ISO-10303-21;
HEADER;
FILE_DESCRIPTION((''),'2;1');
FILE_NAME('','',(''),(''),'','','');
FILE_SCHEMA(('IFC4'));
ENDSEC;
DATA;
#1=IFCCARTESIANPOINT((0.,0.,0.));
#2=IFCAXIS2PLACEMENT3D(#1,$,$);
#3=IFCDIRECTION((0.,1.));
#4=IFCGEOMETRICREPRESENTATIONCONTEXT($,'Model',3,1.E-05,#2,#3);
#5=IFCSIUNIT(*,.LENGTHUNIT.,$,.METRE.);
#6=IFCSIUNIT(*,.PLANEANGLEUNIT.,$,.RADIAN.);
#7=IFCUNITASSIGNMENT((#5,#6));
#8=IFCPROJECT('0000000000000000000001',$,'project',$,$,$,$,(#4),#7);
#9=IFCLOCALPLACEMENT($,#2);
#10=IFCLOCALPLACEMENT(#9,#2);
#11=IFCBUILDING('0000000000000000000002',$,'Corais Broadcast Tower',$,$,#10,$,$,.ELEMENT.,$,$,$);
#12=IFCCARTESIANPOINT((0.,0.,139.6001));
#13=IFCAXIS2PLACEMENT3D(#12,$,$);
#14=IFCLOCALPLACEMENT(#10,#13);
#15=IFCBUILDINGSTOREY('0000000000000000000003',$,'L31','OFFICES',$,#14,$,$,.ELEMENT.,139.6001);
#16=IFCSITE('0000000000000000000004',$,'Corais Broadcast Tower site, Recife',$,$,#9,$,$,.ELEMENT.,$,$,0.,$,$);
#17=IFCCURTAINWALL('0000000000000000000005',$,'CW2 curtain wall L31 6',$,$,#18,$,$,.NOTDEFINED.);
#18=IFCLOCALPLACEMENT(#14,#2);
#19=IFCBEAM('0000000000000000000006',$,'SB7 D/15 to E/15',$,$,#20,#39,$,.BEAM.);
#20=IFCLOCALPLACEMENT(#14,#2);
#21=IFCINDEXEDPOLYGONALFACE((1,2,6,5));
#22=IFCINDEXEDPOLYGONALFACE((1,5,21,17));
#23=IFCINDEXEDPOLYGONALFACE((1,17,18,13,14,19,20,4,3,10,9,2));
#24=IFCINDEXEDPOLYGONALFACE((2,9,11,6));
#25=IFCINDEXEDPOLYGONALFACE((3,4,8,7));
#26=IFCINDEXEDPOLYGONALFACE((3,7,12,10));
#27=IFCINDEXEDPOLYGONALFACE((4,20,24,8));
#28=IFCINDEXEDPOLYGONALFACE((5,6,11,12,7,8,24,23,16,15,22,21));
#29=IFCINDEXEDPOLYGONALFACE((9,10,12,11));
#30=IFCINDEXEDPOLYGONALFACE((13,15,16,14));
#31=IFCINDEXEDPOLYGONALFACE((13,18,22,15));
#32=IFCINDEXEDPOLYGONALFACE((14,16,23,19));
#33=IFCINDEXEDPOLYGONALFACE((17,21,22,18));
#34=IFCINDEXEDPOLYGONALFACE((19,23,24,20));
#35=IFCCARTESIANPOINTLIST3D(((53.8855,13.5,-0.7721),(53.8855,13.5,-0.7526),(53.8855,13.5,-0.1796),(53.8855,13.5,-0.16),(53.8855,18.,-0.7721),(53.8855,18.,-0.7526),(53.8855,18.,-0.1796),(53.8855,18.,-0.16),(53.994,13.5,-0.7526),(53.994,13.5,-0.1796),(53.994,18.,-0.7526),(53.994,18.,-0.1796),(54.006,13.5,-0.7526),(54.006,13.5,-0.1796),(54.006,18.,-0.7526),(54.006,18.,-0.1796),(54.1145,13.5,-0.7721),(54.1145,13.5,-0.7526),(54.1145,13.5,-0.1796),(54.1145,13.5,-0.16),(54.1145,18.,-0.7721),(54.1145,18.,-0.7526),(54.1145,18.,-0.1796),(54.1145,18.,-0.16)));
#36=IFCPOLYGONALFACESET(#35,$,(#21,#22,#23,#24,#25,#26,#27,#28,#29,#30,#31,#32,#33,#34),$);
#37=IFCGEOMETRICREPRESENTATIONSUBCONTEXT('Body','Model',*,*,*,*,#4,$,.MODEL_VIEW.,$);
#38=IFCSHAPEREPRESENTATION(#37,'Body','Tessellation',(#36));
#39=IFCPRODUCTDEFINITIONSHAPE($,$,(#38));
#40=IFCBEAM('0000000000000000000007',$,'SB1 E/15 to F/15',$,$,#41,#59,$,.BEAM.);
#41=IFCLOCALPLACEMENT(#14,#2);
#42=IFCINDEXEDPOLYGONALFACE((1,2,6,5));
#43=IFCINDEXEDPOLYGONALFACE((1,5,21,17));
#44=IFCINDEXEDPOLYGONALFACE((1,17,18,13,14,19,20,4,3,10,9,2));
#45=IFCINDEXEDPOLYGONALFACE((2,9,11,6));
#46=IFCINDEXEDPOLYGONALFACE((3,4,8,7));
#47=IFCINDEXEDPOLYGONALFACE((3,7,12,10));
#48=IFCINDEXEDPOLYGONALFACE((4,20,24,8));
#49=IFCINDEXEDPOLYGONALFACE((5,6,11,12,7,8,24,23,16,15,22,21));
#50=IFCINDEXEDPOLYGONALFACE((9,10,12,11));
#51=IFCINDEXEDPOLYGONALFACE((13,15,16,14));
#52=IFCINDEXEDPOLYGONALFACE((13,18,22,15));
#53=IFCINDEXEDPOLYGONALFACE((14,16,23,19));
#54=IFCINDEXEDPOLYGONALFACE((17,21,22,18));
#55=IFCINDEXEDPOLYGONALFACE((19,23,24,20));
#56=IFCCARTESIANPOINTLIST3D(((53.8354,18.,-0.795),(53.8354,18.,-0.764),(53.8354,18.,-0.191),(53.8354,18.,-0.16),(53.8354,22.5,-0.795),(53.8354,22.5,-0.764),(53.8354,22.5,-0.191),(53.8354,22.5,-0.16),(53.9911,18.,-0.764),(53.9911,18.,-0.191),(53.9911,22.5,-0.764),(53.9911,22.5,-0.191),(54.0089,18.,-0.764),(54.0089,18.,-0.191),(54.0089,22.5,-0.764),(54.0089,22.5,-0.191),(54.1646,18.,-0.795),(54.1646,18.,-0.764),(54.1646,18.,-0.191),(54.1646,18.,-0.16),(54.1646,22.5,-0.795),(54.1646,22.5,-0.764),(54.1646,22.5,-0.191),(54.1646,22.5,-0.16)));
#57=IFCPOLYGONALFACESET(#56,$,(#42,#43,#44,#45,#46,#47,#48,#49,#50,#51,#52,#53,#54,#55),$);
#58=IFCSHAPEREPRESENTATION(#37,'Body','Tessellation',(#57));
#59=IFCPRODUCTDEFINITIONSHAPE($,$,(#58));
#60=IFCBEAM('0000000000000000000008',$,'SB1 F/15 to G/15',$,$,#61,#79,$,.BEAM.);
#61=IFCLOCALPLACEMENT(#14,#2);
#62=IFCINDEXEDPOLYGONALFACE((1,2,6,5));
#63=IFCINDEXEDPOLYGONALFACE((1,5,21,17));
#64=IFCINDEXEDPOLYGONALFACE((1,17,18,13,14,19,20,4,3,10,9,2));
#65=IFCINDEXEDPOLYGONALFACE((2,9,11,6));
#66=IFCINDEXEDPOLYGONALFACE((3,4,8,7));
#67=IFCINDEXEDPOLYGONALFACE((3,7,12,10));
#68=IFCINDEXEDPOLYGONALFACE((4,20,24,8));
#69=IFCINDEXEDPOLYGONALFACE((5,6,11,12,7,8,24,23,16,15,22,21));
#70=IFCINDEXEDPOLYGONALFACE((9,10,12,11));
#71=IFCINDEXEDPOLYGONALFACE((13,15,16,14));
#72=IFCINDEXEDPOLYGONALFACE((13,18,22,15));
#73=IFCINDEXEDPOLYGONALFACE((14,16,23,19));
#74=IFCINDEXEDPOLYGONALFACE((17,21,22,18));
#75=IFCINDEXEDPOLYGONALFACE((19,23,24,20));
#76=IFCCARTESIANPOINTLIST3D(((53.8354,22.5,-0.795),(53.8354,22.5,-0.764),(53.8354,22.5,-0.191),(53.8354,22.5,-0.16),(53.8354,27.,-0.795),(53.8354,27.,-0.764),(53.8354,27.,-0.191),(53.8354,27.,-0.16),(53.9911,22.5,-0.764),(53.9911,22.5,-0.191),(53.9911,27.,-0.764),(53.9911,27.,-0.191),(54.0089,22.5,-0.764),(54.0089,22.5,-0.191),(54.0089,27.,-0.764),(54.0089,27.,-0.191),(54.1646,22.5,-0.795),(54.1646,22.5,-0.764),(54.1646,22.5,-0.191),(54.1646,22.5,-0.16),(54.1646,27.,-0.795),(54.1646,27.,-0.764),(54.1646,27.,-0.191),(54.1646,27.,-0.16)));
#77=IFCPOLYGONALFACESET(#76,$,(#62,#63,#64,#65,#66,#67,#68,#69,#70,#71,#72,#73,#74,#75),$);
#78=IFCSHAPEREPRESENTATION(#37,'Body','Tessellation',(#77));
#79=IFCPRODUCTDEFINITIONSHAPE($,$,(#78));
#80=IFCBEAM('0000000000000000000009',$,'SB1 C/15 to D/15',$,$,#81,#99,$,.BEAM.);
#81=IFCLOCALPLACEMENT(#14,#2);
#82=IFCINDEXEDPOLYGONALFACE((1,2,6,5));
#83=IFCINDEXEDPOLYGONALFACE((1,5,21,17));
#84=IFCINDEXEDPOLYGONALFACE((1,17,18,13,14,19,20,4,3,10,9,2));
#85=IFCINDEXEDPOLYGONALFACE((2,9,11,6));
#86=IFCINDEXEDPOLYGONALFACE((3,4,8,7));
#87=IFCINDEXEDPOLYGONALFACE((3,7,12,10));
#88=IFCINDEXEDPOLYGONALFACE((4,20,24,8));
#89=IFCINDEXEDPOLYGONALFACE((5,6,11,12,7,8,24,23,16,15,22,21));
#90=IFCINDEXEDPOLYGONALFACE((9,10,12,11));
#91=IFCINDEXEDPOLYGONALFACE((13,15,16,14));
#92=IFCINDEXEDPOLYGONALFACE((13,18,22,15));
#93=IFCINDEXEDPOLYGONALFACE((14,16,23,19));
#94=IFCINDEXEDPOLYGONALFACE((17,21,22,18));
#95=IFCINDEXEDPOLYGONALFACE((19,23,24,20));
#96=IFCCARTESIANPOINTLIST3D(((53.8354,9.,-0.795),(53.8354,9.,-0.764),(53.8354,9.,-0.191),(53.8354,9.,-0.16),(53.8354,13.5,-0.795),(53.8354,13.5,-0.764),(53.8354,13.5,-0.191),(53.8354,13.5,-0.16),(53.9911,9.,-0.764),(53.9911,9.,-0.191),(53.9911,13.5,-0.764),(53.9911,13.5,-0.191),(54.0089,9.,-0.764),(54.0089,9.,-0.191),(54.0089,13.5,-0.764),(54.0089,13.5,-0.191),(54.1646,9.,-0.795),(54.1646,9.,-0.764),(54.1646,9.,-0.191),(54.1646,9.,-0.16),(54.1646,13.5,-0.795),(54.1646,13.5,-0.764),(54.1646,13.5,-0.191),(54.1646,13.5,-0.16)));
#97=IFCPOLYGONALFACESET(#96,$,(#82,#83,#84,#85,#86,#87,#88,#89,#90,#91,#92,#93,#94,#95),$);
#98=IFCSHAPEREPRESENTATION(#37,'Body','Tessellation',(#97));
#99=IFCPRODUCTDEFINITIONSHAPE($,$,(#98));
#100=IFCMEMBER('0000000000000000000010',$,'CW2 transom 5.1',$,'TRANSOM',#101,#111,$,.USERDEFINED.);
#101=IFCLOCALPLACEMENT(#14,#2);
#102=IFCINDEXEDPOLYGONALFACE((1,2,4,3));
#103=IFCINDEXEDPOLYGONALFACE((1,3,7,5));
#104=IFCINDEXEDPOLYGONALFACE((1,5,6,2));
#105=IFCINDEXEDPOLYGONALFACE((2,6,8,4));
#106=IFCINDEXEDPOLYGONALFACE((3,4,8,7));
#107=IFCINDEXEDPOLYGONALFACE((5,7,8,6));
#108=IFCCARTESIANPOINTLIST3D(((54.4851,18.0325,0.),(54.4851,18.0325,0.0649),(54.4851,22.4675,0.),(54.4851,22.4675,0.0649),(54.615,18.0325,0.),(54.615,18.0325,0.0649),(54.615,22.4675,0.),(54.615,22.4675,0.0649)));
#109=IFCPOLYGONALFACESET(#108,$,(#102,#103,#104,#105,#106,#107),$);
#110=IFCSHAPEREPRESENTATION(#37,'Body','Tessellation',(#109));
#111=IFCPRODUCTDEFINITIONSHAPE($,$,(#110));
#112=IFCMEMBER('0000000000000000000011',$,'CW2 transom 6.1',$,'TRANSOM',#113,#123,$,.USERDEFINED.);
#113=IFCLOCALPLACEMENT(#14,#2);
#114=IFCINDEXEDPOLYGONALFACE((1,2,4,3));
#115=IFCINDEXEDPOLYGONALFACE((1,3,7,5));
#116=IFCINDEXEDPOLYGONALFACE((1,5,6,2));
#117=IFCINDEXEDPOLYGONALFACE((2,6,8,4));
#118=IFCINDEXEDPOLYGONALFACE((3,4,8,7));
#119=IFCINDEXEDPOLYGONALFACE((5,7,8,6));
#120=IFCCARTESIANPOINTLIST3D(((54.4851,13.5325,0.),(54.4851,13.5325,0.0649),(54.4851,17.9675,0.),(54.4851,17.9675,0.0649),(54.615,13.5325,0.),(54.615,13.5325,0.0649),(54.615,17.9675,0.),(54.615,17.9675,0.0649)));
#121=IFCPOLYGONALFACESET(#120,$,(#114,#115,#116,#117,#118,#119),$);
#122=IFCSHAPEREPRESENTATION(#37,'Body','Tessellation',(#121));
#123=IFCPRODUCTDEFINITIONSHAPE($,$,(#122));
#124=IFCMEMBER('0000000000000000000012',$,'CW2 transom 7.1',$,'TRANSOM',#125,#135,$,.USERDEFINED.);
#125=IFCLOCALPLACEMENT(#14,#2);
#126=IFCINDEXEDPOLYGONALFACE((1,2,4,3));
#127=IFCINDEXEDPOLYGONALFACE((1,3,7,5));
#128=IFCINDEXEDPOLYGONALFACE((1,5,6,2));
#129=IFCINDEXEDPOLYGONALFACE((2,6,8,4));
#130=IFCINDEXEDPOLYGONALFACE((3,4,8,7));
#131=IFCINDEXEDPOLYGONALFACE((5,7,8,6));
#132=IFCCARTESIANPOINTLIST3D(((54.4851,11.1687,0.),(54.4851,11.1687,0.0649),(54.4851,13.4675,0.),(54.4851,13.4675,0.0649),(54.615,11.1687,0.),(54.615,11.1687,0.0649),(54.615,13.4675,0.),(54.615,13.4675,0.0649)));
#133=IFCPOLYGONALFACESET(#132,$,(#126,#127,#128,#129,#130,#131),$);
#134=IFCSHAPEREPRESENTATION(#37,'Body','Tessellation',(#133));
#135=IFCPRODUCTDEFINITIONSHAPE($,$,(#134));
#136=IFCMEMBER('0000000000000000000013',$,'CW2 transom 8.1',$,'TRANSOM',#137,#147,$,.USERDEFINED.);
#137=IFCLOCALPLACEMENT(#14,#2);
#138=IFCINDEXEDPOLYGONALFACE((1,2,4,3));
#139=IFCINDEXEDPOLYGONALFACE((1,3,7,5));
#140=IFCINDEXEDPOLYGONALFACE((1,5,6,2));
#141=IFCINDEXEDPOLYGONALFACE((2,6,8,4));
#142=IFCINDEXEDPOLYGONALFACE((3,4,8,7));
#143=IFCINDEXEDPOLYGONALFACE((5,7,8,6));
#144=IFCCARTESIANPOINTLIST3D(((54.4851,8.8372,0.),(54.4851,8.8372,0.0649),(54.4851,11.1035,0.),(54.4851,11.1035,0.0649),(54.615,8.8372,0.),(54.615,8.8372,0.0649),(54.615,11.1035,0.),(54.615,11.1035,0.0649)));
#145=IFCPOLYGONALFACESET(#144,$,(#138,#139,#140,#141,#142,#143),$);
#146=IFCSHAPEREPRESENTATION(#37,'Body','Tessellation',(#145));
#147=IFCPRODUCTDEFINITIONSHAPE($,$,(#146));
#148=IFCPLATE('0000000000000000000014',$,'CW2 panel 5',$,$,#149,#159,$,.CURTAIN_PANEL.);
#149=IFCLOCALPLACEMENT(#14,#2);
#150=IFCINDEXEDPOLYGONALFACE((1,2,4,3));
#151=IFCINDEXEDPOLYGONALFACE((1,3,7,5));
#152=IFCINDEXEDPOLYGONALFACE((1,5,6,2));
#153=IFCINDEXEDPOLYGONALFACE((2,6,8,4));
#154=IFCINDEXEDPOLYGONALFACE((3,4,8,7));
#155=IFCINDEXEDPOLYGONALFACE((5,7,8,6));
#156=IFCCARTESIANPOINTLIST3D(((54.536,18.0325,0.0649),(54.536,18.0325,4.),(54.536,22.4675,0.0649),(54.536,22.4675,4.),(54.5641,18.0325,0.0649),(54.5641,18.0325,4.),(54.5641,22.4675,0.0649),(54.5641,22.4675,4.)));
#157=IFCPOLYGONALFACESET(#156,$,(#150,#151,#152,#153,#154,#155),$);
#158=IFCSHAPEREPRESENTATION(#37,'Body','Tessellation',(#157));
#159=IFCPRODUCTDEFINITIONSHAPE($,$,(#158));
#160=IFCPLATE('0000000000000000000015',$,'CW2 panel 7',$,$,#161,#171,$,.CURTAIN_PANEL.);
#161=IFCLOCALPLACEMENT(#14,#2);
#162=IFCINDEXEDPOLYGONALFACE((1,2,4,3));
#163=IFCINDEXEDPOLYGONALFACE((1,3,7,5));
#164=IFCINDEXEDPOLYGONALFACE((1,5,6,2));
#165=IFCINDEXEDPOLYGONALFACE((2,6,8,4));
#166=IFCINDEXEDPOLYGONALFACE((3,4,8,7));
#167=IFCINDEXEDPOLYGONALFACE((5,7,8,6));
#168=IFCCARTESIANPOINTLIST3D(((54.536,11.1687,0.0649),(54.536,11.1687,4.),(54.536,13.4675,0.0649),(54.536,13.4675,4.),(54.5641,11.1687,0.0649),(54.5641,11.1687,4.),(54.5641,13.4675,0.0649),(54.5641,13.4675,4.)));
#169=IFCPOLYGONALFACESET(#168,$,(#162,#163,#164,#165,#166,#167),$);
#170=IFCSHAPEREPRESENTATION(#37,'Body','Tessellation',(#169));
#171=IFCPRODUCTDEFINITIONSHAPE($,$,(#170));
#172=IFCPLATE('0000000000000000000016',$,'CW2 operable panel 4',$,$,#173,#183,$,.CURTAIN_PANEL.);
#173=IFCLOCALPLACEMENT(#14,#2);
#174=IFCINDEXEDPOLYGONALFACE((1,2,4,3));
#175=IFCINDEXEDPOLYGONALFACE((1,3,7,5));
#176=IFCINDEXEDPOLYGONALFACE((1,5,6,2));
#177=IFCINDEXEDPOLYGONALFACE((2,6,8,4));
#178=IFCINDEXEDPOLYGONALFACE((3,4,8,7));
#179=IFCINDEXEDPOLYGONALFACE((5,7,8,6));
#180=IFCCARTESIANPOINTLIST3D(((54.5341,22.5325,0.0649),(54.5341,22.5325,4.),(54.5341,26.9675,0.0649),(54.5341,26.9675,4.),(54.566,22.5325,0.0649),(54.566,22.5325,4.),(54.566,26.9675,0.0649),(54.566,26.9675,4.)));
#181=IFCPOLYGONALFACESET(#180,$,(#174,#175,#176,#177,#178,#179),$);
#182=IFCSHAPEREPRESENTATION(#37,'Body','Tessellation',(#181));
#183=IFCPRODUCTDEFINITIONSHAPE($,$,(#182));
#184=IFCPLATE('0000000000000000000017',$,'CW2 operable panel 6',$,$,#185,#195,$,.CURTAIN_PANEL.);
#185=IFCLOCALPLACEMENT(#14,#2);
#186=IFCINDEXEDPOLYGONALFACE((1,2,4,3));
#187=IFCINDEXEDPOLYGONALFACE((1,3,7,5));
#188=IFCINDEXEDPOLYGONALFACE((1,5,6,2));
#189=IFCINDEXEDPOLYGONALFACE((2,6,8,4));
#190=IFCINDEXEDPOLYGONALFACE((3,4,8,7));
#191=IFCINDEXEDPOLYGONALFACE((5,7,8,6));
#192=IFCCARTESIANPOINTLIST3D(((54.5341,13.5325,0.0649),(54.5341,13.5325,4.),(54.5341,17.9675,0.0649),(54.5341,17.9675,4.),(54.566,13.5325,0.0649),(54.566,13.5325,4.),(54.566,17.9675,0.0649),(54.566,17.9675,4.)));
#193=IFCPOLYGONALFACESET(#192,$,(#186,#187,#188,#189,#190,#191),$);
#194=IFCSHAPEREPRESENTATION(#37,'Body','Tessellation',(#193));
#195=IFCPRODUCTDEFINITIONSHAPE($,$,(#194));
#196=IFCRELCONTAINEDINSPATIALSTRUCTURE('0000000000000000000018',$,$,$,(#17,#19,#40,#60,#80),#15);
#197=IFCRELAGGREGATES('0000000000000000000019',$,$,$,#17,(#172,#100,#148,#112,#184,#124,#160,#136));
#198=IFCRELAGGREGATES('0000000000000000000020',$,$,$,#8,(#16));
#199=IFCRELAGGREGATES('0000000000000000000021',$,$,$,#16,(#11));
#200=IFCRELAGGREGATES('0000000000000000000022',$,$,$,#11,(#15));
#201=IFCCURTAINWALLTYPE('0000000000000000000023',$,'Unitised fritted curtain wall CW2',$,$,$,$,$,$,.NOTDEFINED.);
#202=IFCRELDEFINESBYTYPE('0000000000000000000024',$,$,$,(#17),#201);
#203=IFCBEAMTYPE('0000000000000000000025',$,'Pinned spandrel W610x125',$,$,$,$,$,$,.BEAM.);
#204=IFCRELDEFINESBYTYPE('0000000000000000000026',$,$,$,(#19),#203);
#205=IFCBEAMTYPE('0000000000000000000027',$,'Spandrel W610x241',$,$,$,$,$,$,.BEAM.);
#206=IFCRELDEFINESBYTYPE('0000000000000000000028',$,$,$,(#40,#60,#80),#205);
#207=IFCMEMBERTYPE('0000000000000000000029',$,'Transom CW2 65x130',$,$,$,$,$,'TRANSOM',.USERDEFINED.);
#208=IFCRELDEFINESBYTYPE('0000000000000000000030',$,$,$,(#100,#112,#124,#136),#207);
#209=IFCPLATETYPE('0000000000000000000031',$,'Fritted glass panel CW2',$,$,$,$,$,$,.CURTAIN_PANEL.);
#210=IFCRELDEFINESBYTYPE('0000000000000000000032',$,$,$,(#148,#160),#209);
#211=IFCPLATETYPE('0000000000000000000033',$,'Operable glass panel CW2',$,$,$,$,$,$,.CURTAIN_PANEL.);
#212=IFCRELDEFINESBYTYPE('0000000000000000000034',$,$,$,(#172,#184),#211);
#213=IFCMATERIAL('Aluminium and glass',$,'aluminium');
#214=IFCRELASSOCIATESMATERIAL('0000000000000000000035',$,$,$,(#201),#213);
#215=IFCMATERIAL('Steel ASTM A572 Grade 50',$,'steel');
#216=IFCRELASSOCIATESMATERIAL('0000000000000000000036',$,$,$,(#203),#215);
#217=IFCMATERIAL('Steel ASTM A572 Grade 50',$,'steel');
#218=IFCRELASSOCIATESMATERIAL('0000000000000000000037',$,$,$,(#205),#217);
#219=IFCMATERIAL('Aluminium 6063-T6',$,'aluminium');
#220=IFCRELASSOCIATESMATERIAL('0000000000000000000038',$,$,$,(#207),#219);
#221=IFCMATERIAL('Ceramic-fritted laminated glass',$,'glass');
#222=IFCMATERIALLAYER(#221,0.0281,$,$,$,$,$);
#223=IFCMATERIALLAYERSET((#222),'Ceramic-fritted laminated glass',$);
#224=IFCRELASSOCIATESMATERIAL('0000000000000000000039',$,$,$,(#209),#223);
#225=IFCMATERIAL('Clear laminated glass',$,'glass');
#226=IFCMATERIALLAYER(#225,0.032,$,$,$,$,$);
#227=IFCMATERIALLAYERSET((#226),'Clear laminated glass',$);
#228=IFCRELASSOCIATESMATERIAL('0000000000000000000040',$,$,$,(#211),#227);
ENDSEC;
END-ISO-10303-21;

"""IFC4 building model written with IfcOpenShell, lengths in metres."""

from ifc_helpers import new_model, si_unit, direction, frame, origin, origin_2d, place, context, subcontext, project, spatial, rectangle, i_section, extrude, material, layer, layer_set, material_profile, profile_set, type_object, element, aggregate, save


model = new_model("IFC4")

# Units and contexts
model_context = context("Model", 3, precision=1e-05, world=origin(), true_north=direction((0.0, 1.0)))
body_context = subcontext(model_context, "Body", "Model", "MODEL_VIEW")
ifc_project = project(units=[si_unit("LENGTHUNIT", "METRE"), si_unit("PLANEANGLEUNIT", "RADIAN")], contexts=[model_context])

# Site, building, storey
site_placement = place(None, origin())
site = spatial("IfcSite", under=ifc_project, at=site_placement, Name="Corais Broadcast Tower site, Recife", CompositionType="ELEMENT", RefElevation=0.0)
building_placement = place(site_placement, origin())
building = spatial("IfcBuilding", under=site, at=building_placement, Name="Corais Broadcast Tower", CompositionType="ELEMENT")
storey_placement = place(building_placement, frame((0.0, 0.0, 139.6001)))
storey = spatial("IfcBuildingStorey", under=building, at=storey_placement, Name="L31", Description="OFFICES", CompositionType="ELEMENT", Elevation=139.6001)

# Curtain wall
ifc_material_1 = material(Name="Aluminium and glass", Category="aluminium")
curtain_wall_type = type_object("IfcCurtainWallType", Name="Unitised fritted curtain wall CW2", PredefinedType="NOTDEFINED", material=ifc_material_1)
curtain_wall_placement = place(storey_placement, origin())
curtain_wall = element("IfcCurtainWall", 1, at=curtain_wall_placement, inside=storey, type_object=curtain_wall_type, Name="CW2 curtain wall L31 6", PredefinedType="NOTDEFINED")

# Beams
ifc_material_2 = material(Name="Steel ASTM A572 Grade 50", Category="steel")
ifc_material_profile_1 = material_profile(ifc_material_2, i_section(OverallWidth=0.229, OverallDepth=0.6121, WebThickness=0.012, FlangeThickness=0.0195, at=origin_2d()), Name="W610x125")
ifc_profile_set_1 = profile_set([ifc_material_profile_1], Name="Steel ASTM A572 Grade 50")
beam_type_1 = type_object("IfcBeamType", Name="Pinned spandrel W610x125", PredefinedType="BEAM", material=ifc_profile_set_1)
beam_placement = place(storey_placement, frame((54.0, 13.5, -0.4661), z_axis=(0.0, 1.0, 0.0), x_axis=(-1.0, 0.0, 0.0)))
element("IfcBeam", 2, at=beam_placement, inside=storey, type_object=beam_type_1, Name="SB7 D/15 to E/15", PredefinedType="BEAM", context=body_context, shape_type="SweptSolid", body=[
    extrude(i_section(OverallWidth=0.229, OverallDepth=0.6121, WebThickness=0.012, FlangeThickness=0.0195, at=origin_2d()), origin(), (0.0, 0.0, 1.0), 4.5),
])
ifc_material_3 = material(Name="Steel ASTM A572 Grade 50", Category="steel")
ifc_material_profile_2 = material_profile(ifc_material_3, i_section(OverallWidth=0.3291, OverallDepth=0.635, WebThickness=0.0178, FlangeThickness=0.031, at=origin_2d()), Name="W610x241")
ifc_profile_set_2 = profile_set([ifc_material_profile_2], Name="Steel ASTM A572 Grade 50")
beam_type_2 = type_object("IfcBeamType", Name="Spandrel W610x241", PredefinedType="BEAM", material=ifc_profile_set_2)
for number, where, z_axis, x_axis, name in (
    (3, (54.0, 18.0, -0.4775), (0.0, 1.0, 0.0), (-1.0, 0.0, 0.0), "SB1 E/15 to F/15"),
    (4, (54.0, 22.5, -0.4775), (0.0, 1.0, 0.0), (-1.0, 0.0, 0.0), "SB1 F/15 to G/15"),
    (5, (54.0, 9.0, -0.4775), (0.0, 1.0, 0.0), (-1.0, 0.0, 0.0), "SB1 C/15 to D/15"),
):
    element("IfcBeam", number, at=place(storey_placement, frame(where, z_axis=z_axis, x_axis=x_axis)), inside=storey, type_object=beam_type_2, Name=name, PredefinedType="BEAM", context=body_context, shape_type="SweptSolid", body=[
        extrude(i_section(OverallWidth=0.3291, OverallDepth=0.635, WebThickness=0.0178, FlangeThickness=0.031, at=origin_2d()), origin(), (0.0, 0.0, 1.0), 4.5),
    ])

# Members
ifc_material_4 = material(Name="Aluminium 6063-T6", Category="aluminium")
ifc_material_profile_3 = material_profile(ifc_material_4, rectangle(XDim=0.1299, YDim=0.0649, at=origin_2d()), Name="Transom CW2 65x130")
ifc_profile_set_3 = profile_set([ifc_material_profile_3], Name="Aluminium 6063-T6")
member_type_1 = type_object("IfcMemberType", Name="Transom CW2 65x130", ElementType="TRANSOM", PredefinedType="USERDEFINED", material=ifc_profile_set_3)
member_1_placement = place(storey_placement, frame((54.55, 22.4675, 0.0325), z_axis=(0.0, -1.0, 0.0), x_axis=(1.0, 0.0, 0.0)))
member_1 = element("IfcMember", 6, at=member_1_placement, type_object=member_type_1, Name="CW2 transom 5.1", ObjectType="TRANSOM", PredefinedType="USERDEFINED", context=body_context, shape_type="SweptSolid", body=[
    extrude(rectangle(XDim=0.1299, YDim=0.0649, at=origin_2d()), origin(), (0.0, 0.0, 1.0), 4.4351),
])
member_2_placement = place(storey_placement, frame((54.55, 17.9675, 0.0325), z_axis=(0.0, -1.0, 0.0), x_axis=(1.0, 0.0, 0.0)))
member_2 = element("IfcMember", 7, at=member_2_placement, type_object=member_type_1, Name="CW2 transom 6.1", ObjectType="TRANSOM", PredefinedType="USERDEFINED", context=body_context, shape_type="SweptSolid", body=[
    extrude(rectangle(XDim=0.1299, YDim=0.0649, at=origin_2d()), origin(), (0.0, 0.0, 1.0), 4.4351),
])
member_3_placement = place(storey_placement, frame((54.55, 13.4675, 0.0325), z_axis=(0.0, -1.0, 0.0), x_axis=(1.0, 0.0, 0.0)))
member_3 = element("IfcMember", 8, at=member_3_placement, type_object=member_type_1, Name="CW2 transom 7.1", ObjectType="TRANSOM", PredefinedType="USERDEFINED", context=body_context, shape_type="SweptSolid", body=[
    extrude(rectangle(XDim=0.1299, YDim=0.0649, at=origin_2d()), origin(), (0.0, 0.0, 1.0), 2.2988),
])
member_4_placement = place(storey_placement, frame((54.55, 11.1035, 0.0325), z_axis=(0.0, -1.0, 0.0), x_axis=(1.0, 0.0, 0.0)))
member_4 = element("IfcMember", 9, at=member_4_placement, type_object=member_type_1, Name="CW2 transom 8.1", ObjectType="TRANSOM", PredefinedType="USERDEFINED", context=body_context, shape_type="SweptSolid", body=[
    extrude(rectangle(XDim=0.1299, YDim=0.0649, at=origin_2d()), origin(), (0.0, 0.0, 1.0), 2.2664),
])

# Plates
ifc_material_5 = material(Name="Ceramic-fritted laminated glass", Category="glass")
ifc_layer_1 = layer(ifc_material_5, 0.0281)
ifc_layer_set_1 = layer_set([ifc_layer_1], Name="Ceramic-fritted laminated glass")
plate_type_1 = type_object("IfcPlateType", Name="Fritted glass panel CW2", PredefinedType="CURTAIN_PANEL", material=ifc_layer_set_1)
plate_1_placement = place(storey_placement, frame((54.55, 20.25, 0.0649), z_axis=(0.0, 0.0, 1.0), x_axis=(0.0, -1.0, 0.0)))
plate_1 = element("IfcPlate", 10, at=plate_1_placement, type_object=plate_type_1, Name="CW2 panel 5", PredefinedType="CURTAIN_PANEL", context=body_context, shape_type="SweptSolid", body=[
    extrude(rectangle(XDim=4.4351, YDim=0.0281, at=origin_2d()), origin(), (0.0, 0.0, 1.0), 3.9351),
])
plate_2_placement = place(storey_placement, frame((54.55, 12.3181, 0.0649), z_axis=(0.0, 0.0, 1.0), x_axis=(0.0, -1.0, 0.0)))
plate_2 = element("IfcPlate", 11, at=plate_2_placement, type_object=plate_type_1, Name="CW2 panel 7", PredefinedType="CURTAIN_PANEL", context=body_context, shape_type="SweptSolid", body=[
    extrude(rectangle(XDim=2.2988, YDim=0.0281, at=origin_2d()), origin(), (0.0, 0.0, 1.0), 3.9351),
])
ifc_material_6 = material(Name="Clear laminated glass", Category="glass")
ifc_layer_2 = layer(ifc_material_6, 0.032)
ifc_layer_set_2 = layer_set([ifc_layer_2], Name="Clear laminated glass")
plate_type_2 = type_object("IfcPlateType", Name="Operable glass panel CW2", PredefinedType="CURTAIN_PANEL", material=ifc_layer_set_2)
plate_3_placement = place(storey_placement, frame((54.55, 24.75, 0.0649), z_axis=(0.0, 0.0, 1.0), x_axis=(0.0, -1.0, 0.0)))
plate_3 = element("IfcPlate", 12, at=plate_3_placement, type_object=plate_type_2, Name="CW2 operable panel 4", PredefinedType="CURTAIN_PANEL", context=body_context, shape_type="SweptSolid", body=[
    extrude(rectangle(XDim=4.4351, YDim=0.032, at=origin_2d()), origin(), (0.0, 0.0, 1.0), 3.9351),
])
plate_4_placement = place(storey_placement, frame((54.55, 15.75, 0.0649), z_axis=(0.0, 0.0, 1.0), x_axis=(0.0, -1.0, 0.0)))
plate_4 = element("IfcPlate", 13, at=plate_4_placement, type_object=plate_type_2, Name="CW2 operable panel 6", PredefinedType="CURTAIN_PANEL", context=body_context, shape_type="SweptSolid", body=[
    extrude(rectangle(XDim=4.4351, YDim=0.032, at=origin_2d()), origin(), (0.0, 0.0, 1.0), 3.9351),
])
aggregate(curtain_wall, [plate_3, member_1, plate_1, member_2, plate_4, member_3, plate_2, member_4])

save(model, "model.ifc")
